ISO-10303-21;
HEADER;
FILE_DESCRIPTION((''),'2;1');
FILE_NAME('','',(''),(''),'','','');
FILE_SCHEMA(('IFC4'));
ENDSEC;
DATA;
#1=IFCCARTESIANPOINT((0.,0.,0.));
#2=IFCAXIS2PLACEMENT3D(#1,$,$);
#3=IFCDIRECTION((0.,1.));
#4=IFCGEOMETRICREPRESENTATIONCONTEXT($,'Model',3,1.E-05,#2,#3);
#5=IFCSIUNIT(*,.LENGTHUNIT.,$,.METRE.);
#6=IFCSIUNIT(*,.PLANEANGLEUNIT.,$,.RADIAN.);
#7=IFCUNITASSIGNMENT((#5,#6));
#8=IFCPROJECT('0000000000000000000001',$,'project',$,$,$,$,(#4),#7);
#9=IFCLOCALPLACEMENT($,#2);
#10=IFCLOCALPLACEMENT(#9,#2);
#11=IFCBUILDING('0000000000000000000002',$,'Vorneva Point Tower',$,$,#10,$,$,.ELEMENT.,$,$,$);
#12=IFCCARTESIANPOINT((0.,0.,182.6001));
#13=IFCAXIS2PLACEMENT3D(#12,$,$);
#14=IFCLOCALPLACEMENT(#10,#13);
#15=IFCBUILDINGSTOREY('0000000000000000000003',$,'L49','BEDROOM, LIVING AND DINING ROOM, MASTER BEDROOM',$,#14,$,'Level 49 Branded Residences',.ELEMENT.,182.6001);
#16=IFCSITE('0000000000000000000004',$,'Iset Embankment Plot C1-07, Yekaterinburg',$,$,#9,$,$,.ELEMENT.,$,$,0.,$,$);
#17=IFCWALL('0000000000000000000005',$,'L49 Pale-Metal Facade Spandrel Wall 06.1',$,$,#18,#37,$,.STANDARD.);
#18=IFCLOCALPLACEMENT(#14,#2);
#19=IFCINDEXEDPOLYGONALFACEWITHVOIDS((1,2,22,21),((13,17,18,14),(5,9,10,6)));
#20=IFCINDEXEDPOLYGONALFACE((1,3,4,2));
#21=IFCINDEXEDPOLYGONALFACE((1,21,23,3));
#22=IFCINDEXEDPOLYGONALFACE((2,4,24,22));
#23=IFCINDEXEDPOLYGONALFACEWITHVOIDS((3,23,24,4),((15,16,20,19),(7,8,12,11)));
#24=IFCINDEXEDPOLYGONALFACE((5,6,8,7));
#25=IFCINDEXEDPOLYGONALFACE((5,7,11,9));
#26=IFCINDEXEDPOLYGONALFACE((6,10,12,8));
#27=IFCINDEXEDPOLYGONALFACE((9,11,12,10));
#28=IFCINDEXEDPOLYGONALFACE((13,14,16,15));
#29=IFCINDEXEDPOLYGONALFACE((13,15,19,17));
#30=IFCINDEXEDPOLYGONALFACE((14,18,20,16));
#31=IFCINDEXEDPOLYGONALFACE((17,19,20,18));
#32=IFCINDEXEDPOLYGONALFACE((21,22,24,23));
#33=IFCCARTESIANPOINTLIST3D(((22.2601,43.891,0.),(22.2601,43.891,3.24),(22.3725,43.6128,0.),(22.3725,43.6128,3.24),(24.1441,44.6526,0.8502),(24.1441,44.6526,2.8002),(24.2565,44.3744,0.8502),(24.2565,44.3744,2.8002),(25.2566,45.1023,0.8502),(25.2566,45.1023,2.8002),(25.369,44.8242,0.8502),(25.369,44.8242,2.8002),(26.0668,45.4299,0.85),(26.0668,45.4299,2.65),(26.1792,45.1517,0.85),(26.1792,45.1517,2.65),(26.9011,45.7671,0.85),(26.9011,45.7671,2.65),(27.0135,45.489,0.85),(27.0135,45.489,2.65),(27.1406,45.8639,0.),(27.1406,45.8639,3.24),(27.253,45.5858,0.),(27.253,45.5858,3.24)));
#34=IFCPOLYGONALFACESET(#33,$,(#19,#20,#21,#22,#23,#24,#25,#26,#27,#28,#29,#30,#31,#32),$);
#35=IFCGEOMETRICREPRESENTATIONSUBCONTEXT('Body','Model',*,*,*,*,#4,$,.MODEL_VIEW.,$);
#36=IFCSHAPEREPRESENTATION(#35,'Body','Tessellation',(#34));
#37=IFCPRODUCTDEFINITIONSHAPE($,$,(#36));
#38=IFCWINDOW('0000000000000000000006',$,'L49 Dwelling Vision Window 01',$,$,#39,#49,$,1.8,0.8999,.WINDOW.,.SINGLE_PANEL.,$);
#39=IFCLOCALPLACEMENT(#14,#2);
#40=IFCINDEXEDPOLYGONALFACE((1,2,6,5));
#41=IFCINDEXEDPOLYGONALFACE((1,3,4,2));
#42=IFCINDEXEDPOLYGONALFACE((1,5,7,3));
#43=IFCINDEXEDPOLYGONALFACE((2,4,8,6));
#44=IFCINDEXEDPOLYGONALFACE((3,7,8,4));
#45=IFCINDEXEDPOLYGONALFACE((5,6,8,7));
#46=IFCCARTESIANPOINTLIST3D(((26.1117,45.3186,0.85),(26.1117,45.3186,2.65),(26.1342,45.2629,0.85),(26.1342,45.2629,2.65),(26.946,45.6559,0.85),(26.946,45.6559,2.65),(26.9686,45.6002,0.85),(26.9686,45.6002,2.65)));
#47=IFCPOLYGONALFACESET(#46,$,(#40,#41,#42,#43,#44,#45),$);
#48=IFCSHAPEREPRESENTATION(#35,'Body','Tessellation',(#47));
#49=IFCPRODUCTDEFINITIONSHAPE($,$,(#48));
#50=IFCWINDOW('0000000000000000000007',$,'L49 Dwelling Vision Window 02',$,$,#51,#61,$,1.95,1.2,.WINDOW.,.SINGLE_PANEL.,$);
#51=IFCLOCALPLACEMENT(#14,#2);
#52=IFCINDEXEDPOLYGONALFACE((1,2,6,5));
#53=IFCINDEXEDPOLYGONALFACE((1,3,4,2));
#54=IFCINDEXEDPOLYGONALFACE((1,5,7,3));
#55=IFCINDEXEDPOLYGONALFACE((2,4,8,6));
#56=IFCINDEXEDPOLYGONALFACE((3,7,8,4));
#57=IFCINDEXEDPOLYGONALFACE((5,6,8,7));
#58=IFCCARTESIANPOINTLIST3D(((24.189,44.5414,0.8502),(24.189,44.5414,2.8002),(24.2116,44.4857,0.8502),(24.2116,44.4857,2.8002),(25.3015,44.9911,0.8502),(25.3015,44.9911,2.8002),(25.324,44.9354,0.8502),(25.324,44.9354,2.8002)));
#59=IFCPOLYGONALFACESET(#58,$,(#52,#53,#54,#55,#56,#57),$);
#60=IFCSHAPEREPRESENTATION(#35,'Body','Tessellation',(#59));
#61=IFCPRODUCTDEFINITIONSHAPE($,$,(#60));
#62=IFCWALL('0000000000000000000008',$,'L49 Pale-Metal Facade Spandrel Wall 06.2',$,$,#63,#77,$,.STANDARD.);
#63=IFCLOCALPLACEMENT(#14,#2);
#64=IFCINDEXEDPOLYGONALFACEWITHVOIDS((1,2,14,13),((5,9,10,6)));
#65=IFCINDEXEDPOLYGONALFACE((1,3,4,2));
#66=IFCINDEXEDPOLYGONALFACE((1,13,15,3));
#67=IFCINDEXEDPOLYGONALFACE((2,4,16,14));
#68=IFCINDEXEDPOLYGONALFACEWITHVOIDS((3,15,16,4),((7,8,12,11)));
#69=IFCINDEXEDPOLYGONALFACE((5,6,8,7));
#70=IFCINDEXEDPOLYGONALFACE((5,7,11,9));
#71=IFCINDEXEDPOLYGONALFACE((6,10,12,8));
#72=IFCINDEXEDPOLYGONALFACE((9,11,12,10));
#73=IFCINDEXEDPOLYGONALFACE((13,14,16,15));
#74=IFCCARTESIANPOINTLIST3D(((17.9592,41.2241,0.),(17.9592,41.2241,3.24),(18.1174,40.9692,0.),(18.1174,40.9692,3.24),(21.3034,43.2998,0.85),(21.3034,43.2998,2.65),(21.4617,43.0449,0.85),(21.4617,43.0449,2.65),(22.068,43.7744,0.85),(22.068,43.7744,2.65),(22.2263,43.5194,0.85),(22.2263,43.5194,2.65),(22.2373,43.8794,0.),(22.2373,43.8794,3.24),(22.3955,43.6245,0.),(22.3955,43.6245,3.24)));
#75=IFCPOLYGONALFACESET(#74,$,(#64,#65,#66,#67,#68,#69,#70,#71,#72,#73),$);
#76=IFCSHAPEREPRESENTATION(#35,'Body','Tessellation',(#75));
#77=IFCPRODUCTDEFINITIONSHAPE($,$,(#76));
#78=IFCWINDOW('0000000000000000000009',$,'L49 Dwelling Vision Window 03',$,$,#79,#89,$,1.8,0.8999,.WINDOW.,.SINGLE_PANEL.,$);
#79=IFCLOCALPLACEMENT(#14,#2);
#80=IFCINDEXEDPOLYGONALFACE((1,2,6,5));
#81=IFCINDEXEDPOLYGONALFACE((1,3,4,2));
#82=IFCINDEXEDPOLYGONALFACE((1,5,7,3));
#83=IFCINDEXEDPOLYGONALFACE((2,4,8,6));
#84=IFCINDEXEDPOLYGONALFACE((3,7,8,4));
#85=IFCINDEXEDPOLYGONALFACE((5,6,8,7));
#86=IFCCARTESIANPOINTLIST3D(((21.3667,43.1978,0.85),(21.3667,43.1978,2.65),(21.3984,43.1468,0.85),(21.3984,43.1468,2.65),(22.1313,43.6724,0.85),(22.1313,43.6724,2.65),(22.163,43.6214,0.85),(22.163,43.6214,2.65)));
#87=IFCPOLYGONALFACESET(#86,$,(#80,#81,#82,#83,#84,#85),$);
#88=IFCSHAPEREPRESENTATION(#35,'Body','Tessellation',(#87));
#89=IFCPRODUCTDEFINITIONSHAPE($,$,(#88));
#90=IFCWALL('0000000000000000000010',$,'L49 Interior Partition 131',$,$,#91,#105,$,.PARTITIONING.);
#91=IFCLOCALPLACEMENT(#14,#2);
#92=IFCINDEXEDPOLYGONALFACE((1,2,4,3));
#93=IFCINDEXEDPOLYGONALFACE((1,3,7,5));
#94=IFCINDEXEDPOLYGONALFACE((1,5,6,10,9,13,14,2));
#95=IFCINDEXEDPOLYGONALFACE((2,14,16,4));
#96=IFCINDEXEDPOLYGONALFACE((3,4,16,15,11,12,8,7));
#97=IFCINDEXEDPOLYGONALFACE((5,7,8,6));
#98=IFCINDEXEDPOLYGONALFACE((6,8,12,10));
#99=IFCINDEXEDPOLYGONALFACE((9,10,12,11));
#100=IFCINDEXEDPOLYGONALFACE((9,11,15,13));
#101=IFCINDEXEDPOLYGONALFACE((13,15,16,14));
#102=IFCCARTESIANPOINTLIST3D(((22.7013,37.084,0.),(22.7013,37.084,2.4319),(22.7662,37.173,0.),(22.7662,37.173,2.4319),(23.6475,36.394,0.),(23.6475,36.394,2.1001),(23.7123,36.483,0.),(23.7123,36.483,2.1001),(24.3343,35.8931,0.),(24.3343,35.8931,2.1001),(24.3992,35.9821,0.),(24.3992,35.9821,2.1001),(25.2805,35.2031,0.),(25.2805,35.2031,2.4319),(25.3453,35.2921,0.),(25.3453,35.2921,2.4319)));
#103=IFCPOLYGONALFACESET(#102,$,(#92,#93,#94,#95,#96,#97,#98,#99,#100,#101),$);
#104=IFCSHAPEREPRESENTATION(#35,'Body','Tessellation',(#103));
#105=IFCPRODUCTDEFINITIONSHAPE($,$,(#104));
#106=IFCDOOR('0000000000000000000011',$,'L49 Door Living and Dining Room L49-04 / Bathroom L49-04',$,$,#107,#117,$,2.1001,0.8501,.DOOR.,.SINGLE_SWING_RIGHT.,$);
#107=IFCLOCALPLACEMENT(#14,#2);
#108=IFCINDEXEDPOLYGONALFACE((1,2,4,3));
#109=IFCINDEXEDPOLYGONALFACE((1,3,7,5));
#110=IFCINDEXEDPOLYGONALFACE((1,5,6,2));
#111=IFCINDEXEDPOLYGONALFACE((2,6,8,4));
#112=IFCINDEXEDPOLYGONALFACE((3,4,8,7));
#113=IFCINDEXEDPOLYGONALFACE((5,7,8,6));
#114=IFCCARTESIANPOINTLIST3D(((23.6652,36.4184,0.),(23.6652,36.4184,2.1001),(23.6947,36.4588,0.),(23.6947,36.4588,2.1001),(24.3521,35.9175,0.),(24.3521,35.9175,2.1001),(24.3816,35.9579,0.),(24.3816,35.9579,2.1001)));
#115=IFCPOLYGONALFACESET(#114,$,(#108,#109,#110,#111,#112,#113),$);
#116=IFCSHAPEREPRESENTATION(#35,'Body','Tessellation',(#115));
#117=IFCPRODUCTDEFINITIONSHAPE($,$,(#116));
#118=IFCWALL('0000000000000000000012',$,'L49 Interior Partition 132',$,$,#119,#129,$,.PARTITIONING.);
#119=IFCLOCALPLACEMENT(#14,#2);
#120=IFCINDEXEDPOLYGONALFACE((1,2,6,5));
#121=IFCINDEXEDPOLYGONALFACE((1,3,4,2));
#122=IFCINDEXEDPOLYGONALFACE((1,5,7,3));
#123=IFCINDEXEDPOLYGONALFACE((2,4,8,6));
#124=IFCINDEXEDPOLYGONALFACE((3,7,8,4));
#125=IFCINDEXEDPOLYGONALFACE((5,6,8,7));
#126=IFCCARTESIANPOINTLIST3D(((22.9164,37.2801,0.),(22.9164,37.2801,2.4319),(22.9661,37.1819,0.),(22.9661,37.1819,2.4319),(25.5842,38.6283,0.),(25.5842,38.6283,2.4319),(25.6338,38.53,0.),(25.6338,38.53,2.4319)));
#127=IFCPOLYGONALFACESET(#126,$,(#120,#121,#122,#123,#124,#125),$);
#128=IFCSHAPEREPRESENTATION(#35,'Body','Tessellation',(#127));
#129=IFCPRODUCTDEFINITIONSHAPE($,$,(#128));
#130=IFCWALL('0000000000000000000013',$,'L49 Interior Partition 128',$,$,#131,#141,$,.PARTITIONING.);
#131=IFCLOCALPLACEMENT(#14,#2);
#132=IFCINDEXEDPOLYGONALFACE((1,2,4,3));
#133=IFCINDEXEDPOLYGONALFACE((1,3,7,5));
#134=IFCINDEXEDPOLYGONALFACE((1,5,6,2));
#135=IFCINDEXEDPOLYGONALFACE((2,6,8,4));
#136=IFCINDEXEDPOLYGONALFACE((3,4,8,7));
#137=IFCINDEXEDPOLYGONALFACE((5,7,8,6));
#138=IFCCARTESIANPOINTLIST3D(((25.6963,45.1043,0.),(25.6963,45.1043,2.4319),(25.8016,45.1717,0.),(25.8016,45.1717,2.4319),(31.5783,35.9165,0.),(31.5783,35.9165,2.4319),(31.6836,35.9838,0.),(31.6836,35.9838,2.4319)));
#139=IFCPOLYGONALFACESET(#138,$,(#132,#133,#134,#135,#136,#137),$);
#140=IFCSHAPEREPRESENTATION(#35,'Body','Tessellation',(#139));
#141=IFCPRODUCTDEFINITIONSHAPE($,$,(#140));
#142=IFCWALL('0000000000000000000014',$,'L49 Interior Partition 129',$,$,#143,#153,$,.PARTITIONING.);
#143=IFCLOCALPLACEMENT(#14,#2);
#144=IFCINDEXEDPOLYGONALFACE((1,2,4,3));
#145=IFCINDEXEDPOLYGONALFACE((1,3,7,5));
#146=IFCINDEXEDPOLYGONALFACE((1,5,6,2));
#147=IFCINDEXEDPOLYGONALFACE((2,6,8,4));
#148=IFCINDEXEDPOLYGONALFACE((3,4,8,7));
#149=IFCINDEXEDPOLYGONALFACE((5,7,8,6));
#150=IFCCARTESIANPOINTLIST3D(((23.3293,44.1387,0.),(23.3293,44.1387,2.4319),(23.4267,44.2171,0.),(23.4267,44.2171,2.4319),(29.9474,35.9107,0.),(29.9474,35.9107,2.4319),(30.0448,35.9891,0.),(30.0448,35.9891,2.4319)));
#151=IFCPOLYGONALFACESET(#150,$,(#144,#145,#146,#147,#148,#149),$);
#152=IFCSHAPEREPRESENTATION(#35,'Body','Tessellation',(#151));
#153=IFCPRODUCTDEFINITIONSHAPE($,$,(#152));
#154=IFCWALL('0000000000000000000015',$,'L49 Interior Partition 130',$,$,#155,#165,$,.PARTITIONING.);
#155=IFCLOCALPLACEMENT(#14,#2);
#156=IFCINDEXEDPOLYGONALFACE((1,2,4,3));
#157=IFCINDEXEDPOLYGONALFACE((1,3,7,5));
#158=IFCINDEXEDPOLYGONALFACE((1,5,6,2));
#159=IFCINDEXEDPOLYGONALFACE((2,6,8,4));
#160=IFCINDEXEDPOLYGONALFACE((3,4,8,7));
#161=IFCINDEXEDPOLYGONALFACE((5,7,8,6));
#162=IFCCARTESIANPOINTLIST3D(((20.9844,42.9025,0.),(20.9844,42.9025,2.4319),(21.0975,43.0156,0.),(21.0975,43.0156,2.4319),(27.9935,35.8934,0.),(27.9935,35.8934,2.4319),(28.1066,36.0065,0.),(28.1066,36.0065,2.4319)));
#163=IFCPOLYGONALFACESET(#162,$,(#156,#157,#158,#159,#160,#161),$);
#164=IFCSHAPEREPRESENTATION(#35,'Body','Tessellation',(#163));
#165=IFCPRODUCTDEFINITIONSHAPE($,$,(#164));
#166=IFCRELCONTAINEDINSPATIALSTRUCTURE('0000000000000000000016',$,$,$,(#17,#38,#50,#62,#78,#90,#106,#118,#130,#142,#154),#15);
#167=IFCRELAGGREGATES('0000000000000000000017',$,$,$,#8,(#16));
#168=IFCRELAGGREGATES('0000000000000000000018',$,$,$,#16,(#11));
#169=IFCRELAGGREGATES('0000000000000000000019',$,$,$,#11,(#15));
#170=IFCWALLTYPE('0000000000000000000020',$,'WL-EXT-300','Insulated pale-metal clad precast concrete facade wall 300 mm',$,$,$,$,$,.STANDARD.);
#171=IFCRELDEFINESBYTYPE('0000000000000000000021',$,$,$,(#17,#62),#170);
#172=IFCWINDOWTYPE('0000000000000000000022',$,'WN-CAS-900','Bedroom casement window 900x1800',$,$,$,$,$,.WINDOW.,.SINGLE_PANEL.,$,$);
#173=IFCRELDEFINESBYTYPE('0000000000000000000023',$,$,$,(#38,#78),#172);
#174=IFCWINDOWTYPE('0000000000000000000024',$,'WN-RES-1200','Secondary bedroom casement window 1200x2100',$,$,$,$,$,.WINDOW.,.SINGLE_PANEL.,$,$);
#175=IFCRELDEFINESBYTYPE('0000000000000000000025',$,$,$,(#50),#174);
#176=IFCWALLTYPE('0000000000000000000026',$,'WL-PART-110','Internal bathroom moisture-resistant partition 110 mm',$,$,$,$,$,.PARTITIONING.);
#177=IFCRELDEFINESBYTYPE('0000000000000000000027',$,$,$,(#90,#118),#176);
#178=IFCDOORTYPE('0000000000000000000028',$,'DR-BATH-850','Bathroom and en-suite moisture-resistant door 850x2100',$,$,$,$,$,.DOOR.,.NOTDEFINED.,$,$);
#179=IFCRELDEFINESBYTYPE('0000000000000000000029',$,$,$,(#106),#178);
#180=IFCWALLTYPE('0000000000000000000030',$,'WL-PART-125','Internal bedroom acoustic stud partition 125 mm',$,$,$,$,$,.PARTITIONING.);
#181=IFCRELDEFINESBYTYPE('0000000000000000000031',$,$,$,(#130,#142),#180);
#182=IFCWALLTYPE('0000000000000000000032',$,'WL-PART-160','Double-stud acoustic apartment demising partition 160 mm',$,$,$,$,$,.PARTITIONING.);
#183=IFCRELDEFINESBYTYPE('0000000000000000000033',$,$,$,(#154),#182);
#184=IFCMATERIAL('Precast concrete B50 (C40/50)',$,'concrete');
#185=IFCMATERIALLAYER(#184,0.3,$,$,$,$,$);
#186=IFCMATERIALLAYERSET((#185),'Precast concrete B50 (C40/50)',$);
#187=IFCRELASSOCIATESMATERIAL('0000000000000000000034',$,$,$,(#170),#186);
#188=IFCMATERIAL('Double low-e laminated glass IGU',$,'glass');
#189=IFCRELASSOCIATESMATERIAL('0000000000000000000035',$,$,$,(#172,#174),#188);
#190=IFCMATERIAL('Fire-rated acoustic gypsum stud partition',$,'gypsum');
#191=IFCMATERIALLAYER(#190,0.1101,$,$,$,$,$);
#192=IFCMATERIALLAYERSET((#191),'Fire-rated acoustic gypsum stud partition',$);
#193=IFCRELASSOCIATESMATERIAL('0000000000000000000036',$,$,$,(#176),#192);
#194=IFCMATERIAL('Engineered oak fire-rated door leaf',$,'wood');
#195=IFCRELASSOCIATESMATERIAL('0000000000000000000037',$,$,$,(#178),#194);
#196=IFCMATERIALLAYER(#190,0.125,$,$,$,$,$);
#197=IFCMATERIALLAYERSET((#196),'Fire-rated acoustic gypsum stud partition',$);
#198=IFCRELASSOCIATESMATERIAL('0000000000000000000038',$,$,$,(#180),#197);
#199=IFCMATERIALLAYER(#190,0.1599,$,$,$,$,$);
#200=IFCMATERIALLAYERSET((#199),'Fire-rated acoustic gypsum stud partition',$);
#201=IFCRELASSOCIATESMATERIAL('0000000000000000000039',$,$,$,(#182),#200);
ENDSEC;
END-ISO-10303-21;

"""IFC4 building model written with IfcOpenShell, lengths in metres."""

from ifc_helpers import new_model, si_unit, direction, frame, frame_2d, origin, place, context, subcontext, project, spatial, rectangle, extrude, material, layer, layer_set, type_object, element, fill, save


model = new_model("IFC4")

# Units and contexts
model_context = context("Model", 3, precision=1e-05, world=origin(), true_north=direction((0.0, 1.0)))
body_context = subcontext(model_context, "Body", "Model", "MODEL_VIEW")
ifc_project = project(units=[si_unit("LENGTHUNIT", "METRE"), si_unit("PLANEANGLEUNIT", "RADIAN")], contexts=[model_context])

# Site, building, storey
site_placement = place(None, origin())
site = spatial("IfcSite", under=ifc_project, at=site_placement, Name="Iset Embankment Plot C1-07, Yekaterinburg", CompositionType="ELEMENT", RefElevation=0.0)
building_placement = place(site_placement, origin())
building = spatial("IfcBuilding", under=site, at=building_placement, Name="Vorneva Point Tower", CompositionType="ELEMENT")
storey_placement = place(building_placement, frame((0.0, 0.0, 182.6001)))
storey = spatial("IfcBuildingStorey", under=building, at=storey_placement, Name="L49", Description="BEDROOM, LIVING AND DINING ROOM, MASTER BEDROOM", LongName="Level 49 Branded Residences", CompositionType="ELEMENT", Elevation=182.6001)

# Wall, openings, windows
ifc_material_1 = material(Name="Precast concrete B50 (C40/50)", Category="concrete")
ifc_layer_1 = layer(ifc_material_1, 0.3)
ifc_layer_set_1 = layer_set([ifc_layer_1], Name="Precast concrete B50 (C40/50)")
wall_type_1 = type_object("IfcWallType", Name="WL-EXT-300", Description="Insulated pale-metal clad precast concrete facade wall 300 mm", PredefinedType="STANDARD", material=ifc_layer_set_1)
wall_1_placement = place(storey_placement, frame((27.1968, 45.7249, 0.0), z_axis=(0.0, 0.0, 1.0), x_axis=(-0.927111, -0.374787, 0.0)))
wall_1 = element("IfcWall", 1, at=wall_1_placement, inside=storey, type_object=wall_type_1, Name="L49 Pale-Metal Facade Spandrel Wall 06.1", PredefinedType="STANDARD", context=body_context, shape_type="SweptSolid", body=[
    extrude(rectangle(XDim=5.2642, YDim=0.3, at=frame_2d((2.6321, 0.0))), origin(), (0.0, 0.0, 1.0), 3.24),
])
opening_1_placement = place(wall_1_placement, frame((0.2583, 0.0, 0.8501)))
opening_1 = element("IfcOpeningElement", 2, at=opening_1_placement, cuts=wall_1, PredefinedType="OPENING", context=body_context, shape_type="SweptSolid", body=[
    extrude(rectangle(XDim=0.8999, YDim=1.8, at=frame_2d((0.45, 0.8999))), frame((0.0, 0.165, 0.0), z_axis=(0.0, -1.0, 0.0), x_axis=(1.0, 0.0, 0.0)), (0.0, 0.0, 1.0), 0.3298),
])
opening_2_placement = place(wall_1_placement, frame((2.032, 0.0, 0.8501)))
opening_2 = element("IfcOpeningElement", 3, at=opening_2_placement, cuts=wall_1, PredefinedType="OPENING", context=body_context, shape_type="SweptSolid", body=[
    extrude(rectangle(XDim=1.2, YDim=1.95, at=frame_2d((0.6001, 0.9751))), frame((0.0, 0.165, 0.0), z_axis=(0.0, -1.0, 0.0), x_axis=(1.0, 0.0, 0.0)), (0.0, 0.0, 1.0), 0.3298),
])
ifc_material_2 = material(Name="Double low-e laminated glass IGU", Category="glass")
window_type_1 = type_object("IfcWindowType", Name="WN-CAS-900", Description="Bedroom casement window 900x1800", PartitioningType="SINGLE_PANEL", PredefinedType="WINDOW", material=ifc_material_2)
window_1_placement = place(opening_1_placement, origin())
window_1 = element("IfcWindow", 4, at=window_1_placement, inside=storey, type_object=window_type_1, Name="L49 Dwelling Vision Window 01", OverallHeight=1.8, OverallWidth=0.8999, PartitioningType="SINGLE_PANEL", PredefinedType="WINDOW", context=body_context, shape_type="SweptSolid", body=[
    extrude(rectangle(XDim=0.8999, YDim=1.8, at=frame_2d((0.45, 0.8999))), frame((0.0, 0.03, 0.0), z_axis=(0.0, -1.0, 0.0), x_axis=(1.0, 0.0, 0.0)), (0.0, 0.0, 1.0), 0.0601),
])
fill(opening_1, window_1)
window_type_2 = type_object("IfcWindowType", Name="WN-RES-1200", Description="Secondary bedroom casement window 1200x2100", PartitioningType="SINGLE_PANEL", PredefinedType="WINDOW", material=ifc_material_2)
window_2_placement = place(opening_2_placement, origin())
window_2 = element("IfcWindow", 5, at=window_2_placement, inside=storey, type_object=window_type_2, Name="L49 Dwelling Vision Window 02", OverallHeight=1.95, OverallWidth=1.2, PartitioningType="SINGLE_PANEL", PredefinedType="WINDOW", context=body_context, shape_type="SweptSolid", body=[
    extrude(rectangle(XDim=1.2, YDim=1.95, at=frame_2d((0.6001, 0.9751))), frame((0.0, 0.03, 0.0), z_axis=(0.0, -1.0, 0.0), x_axis=(1.0, 0.0, 0.0)), (0.0, 0.0, 1.0), 0.0601),
])
fill(opening_2, window_2)

# Wall, opening, window
wall_2_placement = place(storey_placement, frame((22.3164, 43.752, 0.0), z_axis=(0.0, 0.0, 1.0), x_axis=(-0.849648, -0.527351, 0.0)))
wall_2 = element("IfcWall", 6, at=wall_2_placement, inside=storey, type_object=wall_type_1, Name="L49 Pale-Metal Facade Spandrel Wall 06.2", PredefinedType="STANDARD", context=body_context, shape_type="SweptSolid", body=[
    extrude(rectangle(XDim=5.0352, YDim=0.3, at=frame_2d((2.5176, 0.0))), origin(), (0.0, 0.0, 1.0), 3.24),
])
opening_3_placement = place(wall_2_placement, frame((0.1992, 0.0, 0.8501)))
opening_3 = element("IfcOpeningElement", 7, at=opening_3_placement, cuts=wall_2, PredefinedType="OPENING", context=body_context, shape_type="SweptSolid", body=[
    extrude(rectangle(XDim=0.8999, YDim=1.8, at=frame_2d((0.45, 0.8999))), frame((0.0, 0.165, 0.0), z_axis=(0.0, -1.0, 0.0), x_axis=(1.0, 0.0, 0.0)), (0.0, 0.0, 1.0), 0.3298),
])
window_3_placement = place(opening_3_placement, origin())
window_3 = element("IfcWindow", 8, at=window_3_placement, inside=storey, type_object=window_type_1, Name="L49 Dwelling Vision Window 03", OverallHeight=1.8, OverallWidth=0.8999, PartitioningType="SINGLE_PANEL", PredefinedType="WINDOW", context=body_context, shape_type="SweptSolid", body=[
    extrude(rectangle(XDim=0.8999, YDim=1.8, at=frame_2d((0.45, 0.8999))), frame((0.0, 0.03, 0.0), z_axis=(0.0, -1.0, 0.0), x_axis=(1.0, 0.0, 0.0)), (0.0, 0.0, 1.0), 0.0601),
])
fill(opening_3, window_3)

# Wall, opening, door
ifc_material_3 = material(Name="Fire-rated acoustic gypsum stud partition", Category="gypsum")
ifc_layer_2 = layer(ifc_material_3, 0.1101)
ifc_layer_set_2 = layer_set([ifc_layer_2], Name="Fire-rated acoustic gypsum stud partition")
wall_type_2 = type_object("IfcWallType", Name="WL-PART-110", Description="Internal bathroom moisture-resistant partition 110 mm", PredefinedType="PARTITIONING", material=ifc_layer_set_2)
wall_3_placement = place(storey_placement, frame((25.313, 35.2476, 0.0), z_axis=(0.0, 0.0, 1.0), x_axis=(-0.807968, 0.589226, 0.0)))
wall_3 = element("IfcWall", 9, at=wall_3_placement, inside=storey, type_object=wall_type_2, Name="L49 Interior Partition 131", PredefinedType="PARTITIONING", context=body_context, shape_type="SweptSolid", body=[
    extrude(rectangle(XDim=3.1921, YDim=0.1101, at=frame_2d((1.5962, 0.0))), origin(), (0.0, 0.0, 1.0), 2.4319),
])
opening_4_placement = place(wall_3_placement, frame((1.1711, 0.0, 0.0)))
opening_4 = element("IfcOpeningElement", 10, at=opening_4_placement, cuts=wall_3, PredefinedType="OPENING", context=body_context, shape_type="SweptSolid", body=[
    extrude(rectangle(XDim=0.8501, YDim=2.1001, at=frame_2d((0.425, 1.05))), frame((0.0, 0.0698, 0.0), z_axis=(0.0, -1.0, 0.0), x_axis=(1.0, 0.0, 0.0)), (0.0, 0.0, 1.0), 0.1399),
])
ifc_material_4 = material(Name="Engineered oak fire-rated door leaf", Category="wood")
door_type_1 = type_object("IfcDoorType", Name="DR-BATH-850", Description="Bathroom and en-suite moisture-resistant door 850x2100", OperationType="NOTDEFINED", PredefinedType="DOOR", material=ifc_material_4)
door_1_placement = place(opening_4_placement, origin())
door_1 = element("IfcDoor", 11, at=door_1_placement, inside=storey, type_object=door_type_1, Name="L49 Door Living and Dining Room L49-04 / Bathroom L49-04", OperationType="SINGLE_SWING_RIGHT", OverallHeight=2.1001, OverallWidth=0.8501, PredefinedType="DOOR", context=body_context, shape_type="SweptSolid", body=[
    extrude(rectangle(XDim=0.8501, YDim=2.1001, at=frame_2d((0.425, 1.05))), frame((0.0, 0.0249, 0.0), z_axis=(0.0, -1.0, 0.0), x_axis=(1.0, 0.0, 0.0)), (0.0, 0.0, 1.0), 0.05),
])
fill(opening_4, door_1)

# Walls
wall_4_placement = place(storey_placement, frame((22.9412, 37.231, 0.0), z_axis=(0.0, 0.0, 1.0), x_axis=(0.892508, 0.451032, 0.0)))
element("IfcWall", 12, at=wall_4_placement, inside=storey, type_object=wall_type_2, Name="L49 Interior Partition 132", PredefinedType="PARTITIONING", context=body_context, shape_type="SweptSolid", body=[
    extrude(rectangle(XDim=2.989, YDim=0.1101, at=frame_2d((1.4946, 0.0))), origin(), (0.0, 0.0, 1.0), 2.4319),
])
ifc_layer_3 = layer(ifc_material_3, 0.125)
ifc_layer_set_3 = layer_set([ifc_layer_3], Name="Fire-rated acoustic gypsum stud partition")
wall_type_3 = type_object("IfcWallType", Name="WL-PART-125", Description="Internal bedroom acoustic stud partition 125 mm", PredefinedType="PARTITIONING", material=ifc_layer_set_3)
wall_5_placement = place(storey_placement, frame((25.749, 45.1379, 0.0), z_axis=(0.0, 0.0, 1.0), x_axis=(0.539169, -0.842198, 0.0)))
element("IfcWall", 13, at=wall_5_placement, inside=storey, type_object=wall_type_3, Name="L49 Interior Partition 128", PredefinedType="PARTITIONING", context=body_context, shape_type="SweptSolid", body=[
    extrude(rectangle(XDim=10.9094, YDim=0.125, at=frame_2d((5.4546, 0.0))), origin(), (0.0, 0.0, 1.0), 2.4319),
])
wall_6_placement = place(storey_placement, frame((23.3779, 44.178, 0.0), z_axis=(0.0, 0.0, 1.0), x_axis=(0.626757, -0.779215, 0.0)))
element("IfcWall", 14, at=wall_6_placement, inside=storey, type_object=wall_type_3, Name="L49 Interior Partition 129", PredefinedType="PARTITIONING", context=body_context, shape_type="SweptSolid", body=[
    extrude(rectangle(XDim=10.5593, YDim=0.125, at=frame_2d((5.2798, 0.0))), origin(), (0.0, 0.0, 1.0), 2.4319),
])
ifc_layer_4 = layer(ifc_material_3, 0.1599)
ifc_layer_set_4 = layer_set([ifc_layer_4], Name="Fire-rated acoustic gypsum stud partition")
wall_type_4 = type_object("IfcWallType", Name="WL-PART-160", Description="Double-stud acoustic apartment demising partition 160 mm", PredefinedType="PARTITIONING", material=ifc_layer_set_4)
wall_7_placement = place(storey_placement, frame((21.041, 42.959, 0.0), z_axis=(0.0, 0.0, 1.0), x_axis=(0.707107, -0.707107, 0.0)))
element("IfcWall", 15, at=wall_7_placement, inside=storey, type_object=wall_type_4, Name="L49 Interior Partition 130", PredefinedType="PARTITIONING", context=body_context, shape_type="SweptSolid", body=[
    extrude(rectangle(XDim=9.9124, YDim=0.1599, at=frame_2d((4.9561, 0.0))), origin(), (0.0, 0.0, 1.0), 2.4319),
])

save(model, "model.ifc")
